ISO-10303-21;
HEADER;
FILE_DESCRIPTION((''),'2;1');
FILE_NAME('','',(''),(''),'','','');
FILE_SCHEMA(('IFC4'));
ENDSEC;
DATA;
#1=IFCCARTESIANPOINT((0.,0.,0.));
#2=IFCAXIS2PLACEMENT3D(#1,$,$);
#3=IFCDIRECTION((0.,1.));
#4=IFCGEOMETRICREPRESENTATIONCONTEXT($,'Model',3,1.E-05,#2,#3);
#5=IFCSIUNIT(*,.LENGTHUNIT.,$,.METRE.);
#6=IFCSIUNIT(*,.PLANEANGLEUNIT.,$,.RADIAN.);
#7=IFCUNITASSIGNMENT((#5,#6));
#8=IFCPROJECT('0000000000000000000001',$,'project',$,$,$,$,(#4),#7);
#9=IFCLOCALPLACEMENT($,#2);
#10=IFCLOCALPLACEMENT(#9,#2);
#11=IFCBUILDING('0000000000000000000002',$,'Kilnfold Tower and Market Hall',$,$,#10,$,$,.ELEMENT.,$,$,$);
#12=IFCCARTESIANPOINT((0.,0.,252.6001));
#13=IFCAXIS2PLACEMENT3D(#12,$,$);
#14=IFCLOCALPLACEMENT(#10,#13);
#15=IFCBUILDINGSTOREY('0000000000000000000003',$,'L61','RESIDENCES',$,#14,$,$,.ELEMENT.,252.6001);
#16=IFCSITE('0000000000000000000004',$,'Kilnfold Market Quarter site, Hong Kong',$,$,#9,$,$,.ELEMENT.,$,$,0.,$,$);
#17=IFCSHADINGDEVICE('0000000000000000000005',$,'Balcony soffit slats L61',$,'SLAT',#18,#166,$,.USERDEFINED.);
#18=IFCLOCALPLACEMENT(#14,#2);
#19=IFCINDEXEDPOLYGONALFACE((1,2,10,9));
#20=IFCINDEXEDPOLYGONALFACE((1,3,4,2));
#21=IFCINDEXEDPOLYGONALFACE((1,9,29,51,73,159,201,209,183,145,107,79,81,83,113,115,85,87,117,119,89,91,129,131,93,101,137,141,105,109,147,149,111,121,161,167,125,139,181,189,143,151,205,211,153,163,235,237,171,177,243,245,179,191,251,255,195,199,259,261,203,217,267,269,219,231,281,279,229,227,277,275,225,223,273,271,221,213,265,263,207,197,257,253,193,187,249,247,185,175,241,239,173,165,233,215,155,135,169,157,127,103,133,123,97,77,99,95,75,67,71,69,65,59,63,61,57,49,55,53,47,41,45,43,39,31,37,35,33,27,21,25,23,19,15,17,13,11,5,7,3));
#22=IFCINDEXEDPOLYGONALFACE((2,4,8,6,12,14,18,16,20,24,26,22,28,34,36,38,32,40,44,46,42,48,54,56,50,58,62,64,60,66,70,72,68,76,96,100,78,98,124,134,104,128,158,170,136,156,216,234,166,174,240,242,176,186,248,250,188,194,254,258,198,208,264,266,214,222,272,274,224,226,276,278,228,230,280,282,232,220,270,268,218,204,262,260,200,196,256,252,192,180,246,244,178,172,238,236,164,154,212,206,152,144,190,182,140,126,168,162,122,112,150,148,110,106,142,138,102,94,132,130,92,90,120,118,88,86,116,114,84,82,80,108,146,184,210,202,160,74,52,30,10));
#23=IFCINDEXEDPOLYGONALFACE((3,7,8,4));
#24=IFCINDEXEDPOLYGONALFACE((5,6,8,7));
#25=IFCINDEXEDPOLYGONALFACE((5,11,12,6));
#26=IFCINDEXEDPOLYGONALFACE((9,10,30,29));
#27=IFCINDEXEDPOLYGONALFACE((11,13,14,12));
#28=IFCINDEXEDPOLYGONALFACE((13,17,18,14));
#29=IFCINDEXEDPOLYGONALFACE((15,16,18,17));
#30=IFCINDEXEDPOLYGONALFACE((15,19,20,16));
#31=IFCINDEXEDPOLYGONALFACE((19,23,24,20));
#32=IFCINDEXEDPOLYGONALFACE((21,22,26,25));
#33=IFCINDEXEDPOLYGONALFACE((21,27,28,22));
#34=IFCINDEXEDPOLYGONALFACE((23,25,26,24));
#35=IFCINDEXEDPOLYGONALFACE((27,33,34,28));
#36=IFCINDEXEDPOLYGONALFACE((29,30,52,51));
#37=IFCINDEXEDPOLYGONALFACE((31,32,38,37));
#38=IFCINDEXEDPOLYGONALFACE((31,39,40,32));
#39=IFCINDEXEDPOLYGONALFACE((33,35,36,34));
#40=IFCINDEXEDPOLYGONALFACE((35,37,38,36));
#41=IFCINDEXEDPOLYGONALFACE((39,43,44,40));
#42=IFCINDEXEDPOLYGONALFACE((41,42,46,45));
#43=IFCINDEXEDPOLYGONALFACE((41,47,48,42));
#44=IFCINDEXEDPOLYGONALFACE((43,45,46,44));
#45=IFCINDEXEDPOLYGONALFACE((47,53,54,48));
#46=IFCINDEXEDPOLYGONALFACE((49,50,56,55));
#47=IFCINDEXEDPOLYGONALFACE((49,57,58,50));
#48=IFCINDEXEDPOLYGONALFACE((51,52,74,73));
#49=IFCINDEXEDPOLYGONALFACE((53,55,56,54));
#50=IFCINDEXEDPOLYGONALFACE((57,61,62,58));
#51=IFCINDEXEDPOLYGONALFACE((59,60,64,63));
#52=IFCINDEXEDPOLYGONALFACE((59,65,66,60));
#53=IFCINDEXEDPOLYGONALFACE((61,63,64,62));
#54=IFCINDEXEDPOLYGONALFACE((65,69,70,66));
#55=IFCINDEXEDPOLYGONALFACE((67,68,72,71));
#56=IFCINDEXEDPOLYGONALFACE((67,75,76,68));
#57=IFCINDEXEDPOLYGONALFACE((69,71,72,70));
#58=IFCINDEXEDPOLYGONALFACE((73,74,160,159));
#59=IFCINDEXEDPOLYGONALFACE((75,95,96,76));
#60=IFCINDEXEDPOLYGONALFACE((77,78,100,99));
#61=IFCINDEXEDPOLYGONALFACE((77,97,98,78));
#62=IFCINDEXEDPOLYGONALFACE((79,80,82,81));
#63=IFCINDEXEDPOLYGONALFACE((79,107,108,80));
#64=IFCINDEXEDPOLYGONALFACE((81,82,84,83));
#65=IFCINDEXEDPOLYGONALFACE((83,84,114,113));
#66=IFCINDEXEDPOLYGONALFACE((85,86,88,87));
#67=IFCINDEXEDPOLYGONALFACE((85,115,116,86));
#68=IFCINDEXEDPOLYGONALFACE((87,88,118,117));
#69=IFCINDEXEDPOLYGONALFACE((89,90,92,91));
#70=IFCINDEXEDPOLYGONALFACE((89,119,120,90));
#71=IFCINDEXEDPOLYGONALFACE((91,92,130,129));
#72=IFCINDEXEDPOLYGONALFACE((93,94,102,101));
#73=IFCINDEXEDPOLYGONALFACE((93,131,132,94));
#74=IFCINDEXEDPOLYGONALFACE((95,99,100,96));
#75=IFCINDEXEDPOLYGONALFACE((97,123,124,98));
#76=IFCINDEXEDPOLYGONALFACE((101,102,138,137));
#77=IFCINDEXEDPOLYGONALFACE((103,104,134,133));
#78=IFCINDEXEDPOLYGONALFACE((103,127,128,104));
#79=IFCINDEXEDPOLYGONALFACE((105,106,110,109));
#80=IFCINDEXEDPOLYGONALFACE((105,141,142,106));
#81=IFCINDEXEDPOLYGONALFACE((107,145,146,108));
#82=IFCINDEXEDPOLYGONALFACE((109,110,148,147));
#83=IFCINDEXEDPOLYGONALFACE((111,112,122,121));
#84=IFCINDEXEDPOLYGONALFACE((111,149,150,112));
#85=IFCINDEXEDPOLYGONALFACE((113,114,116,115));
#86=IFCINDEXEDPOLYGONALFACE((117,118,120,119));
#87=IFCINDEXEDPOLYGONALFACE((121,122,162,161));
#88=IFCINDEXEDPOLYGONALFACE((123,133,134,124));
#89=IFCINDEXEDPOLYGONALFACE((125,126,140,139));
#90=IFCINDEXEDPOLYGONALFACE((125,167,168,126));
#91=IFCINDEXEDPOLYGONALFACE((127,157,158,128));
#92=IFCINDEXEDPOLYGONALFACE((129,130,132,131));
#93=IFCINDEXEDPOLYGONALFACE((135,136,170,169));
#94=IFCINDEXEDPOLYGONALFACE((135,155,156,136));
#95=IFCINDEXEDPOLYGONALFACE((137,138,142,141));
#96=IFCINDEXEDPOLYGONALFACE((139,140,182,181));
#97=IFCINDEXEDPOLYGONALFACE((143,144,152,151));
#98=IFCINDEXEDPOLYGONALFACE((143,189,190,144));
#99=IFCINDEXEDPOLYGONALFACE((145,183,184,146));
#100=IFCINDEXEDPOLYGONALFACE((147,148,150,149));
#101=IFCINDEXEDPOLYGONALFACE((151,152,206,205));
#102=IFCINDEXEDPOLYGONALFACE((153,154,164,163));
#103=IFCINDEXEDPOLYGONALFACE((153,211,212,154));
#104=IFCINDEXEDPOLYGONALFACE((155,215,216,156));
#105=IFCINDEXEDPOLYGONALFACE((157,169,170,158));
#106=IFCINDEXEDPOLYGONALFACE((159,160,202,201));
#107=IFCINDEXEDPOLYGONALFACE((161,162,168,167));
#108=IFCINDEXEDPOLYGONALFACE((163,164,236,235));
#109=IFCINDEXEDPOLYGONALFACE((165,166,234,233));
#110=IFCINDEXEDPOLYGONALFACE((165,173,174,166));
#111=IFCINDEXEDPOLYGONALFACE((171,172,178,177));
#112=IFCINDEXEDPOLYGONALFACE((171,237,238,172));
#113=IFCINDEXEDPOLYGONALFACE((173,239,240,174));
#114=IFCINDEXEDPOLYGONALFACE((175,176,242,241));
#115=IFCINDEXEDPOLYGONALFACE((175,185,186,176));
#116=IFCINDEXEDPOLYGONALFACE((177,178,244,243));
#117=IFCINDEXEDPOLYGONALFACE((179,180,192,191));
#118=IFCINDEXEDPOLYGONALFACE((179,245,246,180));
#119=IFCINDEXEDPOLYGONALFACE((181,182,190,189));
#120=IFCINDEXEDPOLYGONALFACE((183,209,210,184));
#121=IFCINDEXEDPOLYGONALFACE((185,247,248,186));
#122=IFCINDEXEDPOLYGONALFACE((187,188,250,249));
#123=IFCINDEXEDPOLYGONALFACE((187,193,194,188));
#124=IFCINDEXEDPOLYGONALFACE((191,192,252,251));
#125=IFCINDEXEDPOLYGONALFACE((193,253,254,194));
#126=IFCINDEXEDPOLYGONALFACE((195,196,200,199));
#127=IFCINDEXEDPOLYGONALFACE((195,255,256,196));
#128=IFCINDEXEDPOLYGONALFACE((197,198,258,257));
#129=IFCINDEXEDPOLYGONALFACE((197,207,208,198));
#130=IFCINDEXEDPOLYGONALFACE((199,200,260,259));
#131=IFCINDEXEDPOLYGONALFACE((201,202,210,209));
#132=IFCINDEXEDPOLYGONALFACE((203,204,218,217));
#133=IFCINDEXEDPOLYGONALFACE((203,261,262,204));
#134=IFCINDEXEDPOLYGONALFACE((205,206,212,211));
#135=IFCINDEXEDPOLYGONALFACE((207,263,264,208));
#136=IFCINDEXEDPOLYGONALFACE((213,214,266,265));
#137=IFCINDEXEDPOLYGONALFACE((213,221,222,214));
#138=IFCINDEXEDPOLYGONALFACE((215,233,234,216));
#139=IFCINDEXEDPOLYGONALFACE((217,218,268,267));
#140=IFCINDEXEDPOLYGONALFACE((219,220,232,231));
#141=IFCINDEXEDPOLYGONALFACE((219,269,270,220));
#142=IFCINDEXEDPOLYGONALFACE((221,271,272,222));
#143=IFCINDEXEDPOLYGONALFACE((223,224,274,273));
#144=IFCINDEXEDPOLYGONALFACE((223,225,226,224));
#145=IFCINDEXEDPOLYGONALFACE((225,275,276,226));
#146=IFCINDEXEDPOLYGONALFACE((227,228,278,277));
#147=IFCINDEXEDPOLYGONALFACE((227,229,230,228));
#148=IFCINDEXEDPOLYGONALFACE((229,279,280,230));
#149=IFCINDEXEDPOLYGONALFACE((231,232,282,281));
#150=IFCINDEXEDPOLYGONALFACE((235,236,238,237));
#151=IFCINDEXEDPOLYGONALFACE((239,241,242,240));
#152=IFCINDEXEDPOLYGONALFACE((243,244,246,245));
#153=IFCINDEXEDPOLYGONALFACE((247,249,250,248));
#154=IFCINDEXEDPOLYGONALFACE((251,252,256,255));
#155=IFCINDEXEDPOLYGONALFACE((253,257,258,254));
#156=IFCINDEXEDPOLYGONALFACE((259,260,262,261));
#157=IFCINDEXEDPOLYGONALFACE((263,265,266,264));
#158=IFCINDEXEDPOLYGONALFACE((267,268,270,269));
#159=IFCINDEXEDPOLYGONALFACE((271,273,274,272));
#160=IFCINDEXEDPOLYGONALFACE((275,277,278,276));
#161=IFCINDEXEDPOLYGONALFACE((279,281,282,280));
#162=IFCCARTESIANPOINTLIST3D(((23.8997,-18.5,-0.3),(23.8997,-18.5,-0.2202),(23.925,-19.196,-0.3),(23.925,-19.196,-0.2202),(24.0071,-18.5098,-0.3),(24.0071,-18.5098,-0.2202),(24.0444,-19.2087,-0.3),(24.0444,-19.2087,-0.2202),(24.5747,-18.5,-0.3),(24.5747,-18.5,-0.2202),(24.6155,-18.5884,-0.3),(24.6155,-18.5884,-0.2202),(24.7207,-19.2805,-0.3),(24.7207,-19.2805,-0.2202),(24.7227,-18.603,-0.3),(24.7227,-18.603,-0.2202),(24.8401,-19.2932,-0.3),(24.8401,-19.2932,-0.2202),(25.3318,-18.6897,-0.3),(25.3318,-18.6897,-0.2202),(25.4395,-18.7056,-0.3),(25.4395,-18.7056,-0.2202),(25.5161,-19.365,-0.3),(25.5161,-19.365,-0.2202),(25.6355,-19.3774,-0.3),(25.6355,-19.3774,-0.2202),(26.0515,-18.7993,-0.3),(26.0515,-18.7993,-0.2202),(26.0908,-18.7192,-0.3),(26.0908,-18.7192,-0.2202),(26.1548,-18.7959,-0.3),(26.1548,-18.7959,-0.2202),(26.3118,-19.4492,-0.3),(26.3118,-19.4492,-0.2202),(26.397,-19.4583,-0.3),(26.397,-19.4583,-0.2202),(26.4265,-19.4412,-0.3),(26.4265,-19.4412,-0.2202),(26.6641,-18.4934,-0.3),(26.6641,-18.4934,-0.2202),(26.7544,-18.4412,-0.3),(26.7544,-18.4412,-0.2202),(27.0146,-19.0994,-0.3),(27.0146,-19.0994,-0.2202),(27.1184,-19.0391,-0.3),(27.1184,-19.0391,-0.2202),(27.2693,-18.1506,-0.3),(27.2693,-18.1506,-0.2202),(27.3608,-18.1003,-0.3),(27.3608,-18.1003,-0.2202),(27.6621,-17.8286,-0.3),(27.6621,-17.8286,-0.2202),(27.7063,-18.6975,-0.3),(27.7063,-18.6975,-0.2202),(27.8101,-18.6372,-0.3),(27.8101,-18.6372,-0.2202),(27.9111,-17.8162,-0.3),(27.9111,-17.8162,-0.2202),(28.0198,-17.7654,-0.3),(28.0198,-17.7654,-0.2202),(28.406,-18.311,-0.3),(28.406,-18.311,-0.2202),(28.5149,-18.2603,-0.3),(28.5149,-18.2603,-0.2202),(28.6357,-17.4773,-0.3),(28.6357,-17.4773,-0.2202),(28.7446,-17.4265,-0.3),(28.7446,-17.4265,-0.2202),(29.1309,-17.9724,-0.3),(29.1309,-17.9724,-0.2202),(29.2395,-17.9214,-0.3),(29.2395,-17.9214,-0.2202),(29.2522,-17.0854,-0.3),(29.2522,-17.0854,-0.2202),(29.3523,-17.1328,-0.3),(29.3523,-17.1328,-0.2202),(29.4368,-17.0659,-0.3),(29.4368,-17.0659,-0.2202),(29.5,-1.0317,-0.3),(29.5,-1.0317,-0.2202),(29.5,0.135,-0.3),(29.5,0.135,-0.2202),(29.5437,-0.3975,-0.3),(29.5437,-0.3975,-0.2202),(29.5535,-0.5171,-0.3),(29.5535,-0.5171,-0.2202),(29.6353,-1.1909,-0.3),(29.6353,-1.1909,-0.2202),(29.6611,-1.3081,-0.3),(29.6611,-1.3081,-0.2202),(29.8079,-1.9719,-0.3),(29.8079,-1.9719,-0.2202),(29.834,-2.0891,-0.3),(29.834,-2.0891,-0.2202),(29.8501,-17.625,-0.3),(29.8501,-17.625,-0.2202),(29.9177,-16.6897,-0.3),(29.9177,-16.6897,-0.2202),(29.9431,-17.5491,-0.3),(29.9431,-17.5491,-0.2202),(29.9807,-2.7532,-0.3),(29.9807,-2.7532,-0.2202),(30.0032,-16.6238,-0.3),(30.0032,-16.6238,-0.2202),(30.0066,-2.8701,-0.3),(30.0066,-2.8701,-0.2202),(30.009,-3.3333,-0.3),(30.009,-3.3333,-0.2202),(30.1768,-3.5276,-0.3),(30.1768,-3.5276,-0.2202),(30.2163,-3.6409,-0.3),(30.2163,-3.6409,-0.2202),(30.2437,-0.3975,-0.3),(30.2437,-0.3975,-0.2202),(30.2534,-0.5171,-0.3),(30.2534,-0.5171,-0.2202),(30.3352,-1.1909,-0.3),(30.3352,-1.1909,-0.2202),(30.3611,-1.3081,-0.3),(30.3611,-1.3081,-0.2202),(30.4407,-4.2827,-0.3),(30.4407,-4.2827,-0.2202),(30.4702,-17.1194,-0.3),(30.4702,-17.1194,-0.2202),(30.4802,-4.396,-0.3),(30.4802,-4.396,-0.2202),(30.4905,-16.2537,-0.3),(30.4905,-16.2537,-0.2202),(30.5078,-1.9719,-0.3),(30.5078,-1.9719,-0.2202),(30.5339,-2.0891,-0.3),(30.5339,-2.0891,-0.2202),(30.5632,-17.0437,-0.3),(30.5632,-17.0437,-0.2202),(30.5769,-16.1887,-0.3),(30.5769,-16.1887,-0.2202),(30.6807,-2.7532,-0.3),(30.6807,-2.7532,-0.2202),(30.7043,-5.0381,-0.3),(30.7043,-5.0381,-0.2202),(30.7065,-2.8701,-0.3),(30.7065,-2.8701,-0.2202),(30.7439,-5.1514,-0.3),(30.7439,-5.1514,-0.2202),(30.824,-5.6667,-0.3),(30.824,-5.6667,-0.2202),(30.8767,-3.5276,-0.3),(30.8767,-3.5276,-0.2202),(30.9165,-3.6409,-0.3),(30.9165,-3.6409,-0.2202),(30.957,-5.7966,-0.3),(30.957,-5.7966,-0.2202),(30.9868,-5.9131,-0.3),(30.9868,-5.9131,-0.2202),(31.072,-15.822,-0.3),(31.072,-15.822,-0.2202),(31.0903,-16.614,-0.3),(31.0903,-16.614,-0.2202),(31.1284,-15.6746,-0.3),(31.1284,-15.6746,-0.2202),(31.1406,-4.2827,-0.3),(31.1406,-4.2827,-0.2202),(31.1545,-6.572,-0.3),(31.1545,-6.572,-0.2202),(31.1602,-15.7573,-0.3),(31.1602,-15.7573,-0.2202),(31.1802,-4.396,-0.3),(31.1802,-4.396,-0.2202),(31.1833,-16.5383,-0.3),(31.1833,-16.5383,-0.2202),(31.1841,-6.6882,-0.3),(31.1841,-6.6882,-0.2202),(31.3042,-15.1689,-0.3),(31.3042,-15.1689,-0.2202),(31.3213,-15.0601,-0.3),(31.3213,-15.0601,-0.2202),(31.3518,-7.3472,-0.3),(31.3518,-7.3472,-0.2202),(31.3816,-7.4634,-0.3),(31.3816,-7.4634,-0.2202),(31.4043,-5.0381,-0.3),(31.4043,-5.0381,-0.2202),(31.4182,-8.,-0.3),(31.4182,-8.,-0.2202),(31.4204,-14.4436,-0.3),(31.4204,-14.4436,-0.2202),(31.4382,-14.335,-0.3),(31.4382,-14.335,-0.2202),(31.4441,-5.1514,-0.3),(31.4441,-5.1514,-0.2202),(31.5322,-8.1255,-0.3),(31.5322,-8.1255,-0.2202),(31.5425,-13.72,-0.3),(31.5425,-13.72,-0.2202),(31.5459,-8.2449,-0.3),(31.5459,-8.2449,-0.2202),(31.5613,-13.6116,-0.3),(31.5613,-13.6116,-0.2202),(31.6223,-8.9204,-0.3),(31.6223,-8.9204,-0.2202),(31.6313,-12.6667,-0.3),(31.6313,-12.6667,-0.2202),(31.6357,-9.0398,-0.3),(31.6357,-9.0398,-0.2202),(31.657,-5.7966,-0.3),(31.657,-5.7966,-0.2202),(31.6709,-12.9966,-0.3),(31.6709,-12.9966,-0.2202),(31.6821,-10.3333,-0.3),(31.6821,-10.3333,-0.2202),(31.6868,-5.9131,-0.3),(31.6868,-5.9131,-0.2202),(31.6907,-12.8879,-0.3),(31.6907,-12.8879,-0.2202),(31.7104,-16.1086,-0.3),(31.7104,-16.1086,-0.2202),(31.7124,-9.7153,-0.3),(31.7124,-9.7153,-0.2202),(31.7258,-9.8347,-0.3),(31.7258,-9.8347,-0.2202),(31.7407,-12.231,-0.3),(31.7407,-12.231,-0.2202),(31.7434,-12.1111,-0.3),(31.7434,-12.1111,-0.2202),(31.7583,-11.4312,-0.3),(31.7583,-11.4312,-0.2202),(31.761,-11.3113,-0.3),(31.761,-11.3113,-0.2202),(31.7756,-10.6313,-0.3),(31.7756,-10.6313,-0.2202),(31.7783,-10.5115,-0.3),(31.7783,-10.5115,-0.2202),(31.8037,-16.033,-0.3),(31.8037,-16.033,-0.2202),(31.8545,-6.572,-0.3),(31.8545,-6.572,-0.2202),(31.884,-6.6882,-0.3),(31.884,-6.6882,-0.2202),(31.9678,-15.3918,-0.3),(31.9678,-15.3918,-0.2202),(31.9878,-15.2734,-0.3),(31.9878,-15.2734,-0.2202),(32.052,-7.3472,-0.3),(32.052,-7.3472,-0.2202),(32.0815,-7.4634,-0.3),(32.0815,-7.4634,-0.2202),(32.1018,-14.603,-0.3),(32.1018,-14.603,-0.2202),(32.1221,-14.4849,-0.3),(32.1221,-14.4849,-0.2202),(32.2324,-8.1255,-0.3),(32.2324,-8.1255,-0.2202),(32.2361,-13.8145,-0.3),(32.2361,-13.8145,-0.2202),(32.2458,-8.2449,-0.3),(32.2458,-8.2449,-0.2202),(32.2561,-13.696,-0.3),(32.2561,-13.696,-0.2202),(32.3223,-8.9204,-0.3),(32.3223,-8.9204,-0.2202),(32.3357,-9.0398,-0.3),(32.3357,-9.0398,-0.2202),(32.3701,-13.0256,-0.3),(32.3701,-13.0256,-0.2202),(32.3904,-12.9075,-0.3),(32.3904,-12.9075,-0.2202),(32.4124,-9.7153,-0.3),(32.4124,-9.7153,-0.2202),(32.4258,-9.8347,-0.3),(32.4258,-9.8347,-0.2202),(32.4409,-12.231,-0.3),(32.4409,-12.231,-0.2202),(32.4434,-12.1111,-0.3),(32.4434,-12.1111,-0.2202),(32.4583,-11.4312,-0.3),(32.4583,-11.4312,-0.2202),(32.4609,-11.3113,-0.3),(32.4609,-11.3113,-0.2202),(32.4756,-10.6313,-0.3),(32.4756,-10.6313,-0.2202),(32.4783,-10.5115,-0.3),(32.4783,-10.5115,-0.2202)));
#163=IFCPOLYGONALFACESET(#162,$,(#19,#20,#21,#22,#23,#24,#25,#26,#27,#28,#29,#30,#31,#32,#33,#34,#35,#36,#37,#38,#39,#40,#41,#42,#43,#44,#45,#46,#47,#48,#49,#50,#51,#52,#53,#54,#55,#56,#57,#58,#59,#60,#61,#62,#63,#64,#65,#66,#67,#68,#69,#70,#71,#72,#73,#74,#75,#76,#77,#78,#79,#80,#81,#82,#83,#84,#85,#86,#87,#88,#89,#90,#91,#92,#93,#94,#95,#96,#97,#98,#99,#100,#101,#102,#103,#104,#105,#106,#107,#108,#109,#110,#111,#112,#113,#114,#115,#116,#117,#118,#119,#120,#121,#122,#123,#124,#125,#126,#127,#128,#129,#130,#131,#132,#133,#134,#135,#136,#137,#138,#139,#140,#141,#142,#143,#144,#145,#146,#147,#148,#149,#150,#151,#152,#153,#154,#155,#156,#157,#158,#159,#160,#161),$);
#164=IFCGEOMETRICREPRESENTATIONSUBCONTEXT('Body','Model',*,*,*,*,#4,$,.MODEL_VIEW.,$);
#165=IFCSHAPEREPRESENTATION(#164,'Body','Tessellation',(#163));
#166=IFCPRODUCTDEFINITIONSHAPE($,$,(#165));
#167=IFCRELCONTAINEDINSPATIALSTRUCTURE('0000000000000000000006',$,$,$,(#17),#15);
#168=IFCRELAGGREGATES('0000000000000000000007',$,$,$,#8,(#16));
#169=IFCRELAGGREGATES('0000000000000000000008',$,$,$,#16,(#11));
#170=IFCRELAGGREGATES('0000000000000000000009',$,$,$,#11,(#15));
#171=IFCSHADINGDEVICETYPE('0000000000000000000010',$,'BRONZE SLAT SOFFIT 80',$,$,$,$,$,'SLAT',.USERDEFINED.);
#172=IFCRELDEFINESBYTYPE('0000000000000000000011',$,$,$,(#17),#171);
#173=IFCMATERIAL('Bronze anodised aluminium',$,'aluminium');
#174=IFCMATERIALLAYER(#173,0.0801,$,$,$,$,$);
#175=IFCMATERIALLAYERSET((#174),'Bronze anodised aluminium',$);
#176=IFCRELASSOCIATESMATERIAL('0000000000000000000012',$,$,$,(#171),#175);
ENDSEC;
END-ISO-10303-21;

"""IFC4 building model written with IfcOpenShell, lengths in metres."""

from ifc_helpers import new_model, si_unit, direction, frame, origin, place, context, subcontext, project, spatial, polyline, outline, extrude, source, transform, mapped, material, layer, layer_set, type_object, element, save


model = new_model("IFC4")

# Units and contexts
model_context = context("Model", 3, precision=1e-05, world=origin(), true_north=direction((0.0, 1.0)))
body_context = subcontext(model_context, "Body", "Model", "MODEL_VIEW")
ifc_project = project(units=[si_unit("LENGTHUNIT", "METRE"), si_unit("PLANEANGLEUNIT", "RADIAN")], contexts=[model_context])

# Site, building, storey
site_placement = place(None, origin())
site = spatial("IfcSite", under=ifc_project, at=site_placement, Name="Kilnfold Market Quarter site, Hong Kong", CompositionType="ELEMENT", RefElevation=0.0)
building_placement = place(site_placement, origin())
building = spatial("IfcBuilding", under=site, at=building_placement, Name="Kilnfold Tower and Market Hall", CompositionType="ELEMENT")
storey_placement = place(building_placement, frame((0.0, 0.0, 252.6001)))
storey = spatial("IfcBuildingStorey", under=building, at=storey_placement, Name="L61", Description="RESIDENCES", CompositionType="ELEMENT", Elevation=252.6001)

# Shading device
ifc_material_1 = material(Name="Bronze anodised aluminium", Category="aluminium")
ifc_layer_1 = layer(ifc_material_1, 0.0801)
ifc_layer_set_1 = layer_set([ifc_layer_1], Name="Bronze anodised aluminium")
shading_device_type_1 = type_object("IfcShadingDeviceType", Name="BRONZE SLAT SOFFIT 80", ElementType="SLAT", PredefinedType="USERDEFINED", material=ifc_layer_set_1)
shared_shape_1 = source(origin(), body_context, "Body", "SweptSolid", [
    extrude(outline(polyline([(26.0908, -18.7192), (27.6621, -17.8286), (29.2522, -17.0854), (31.1284, -15.6746), (31.6313, -12.6667), (31.6821, -10.3333), (31.4182, -8.0), (30.824, -5.6667), (30.009, -3.3333), (29.5, -1.0317), (29.5, 0.135), (29.5437, -0.3975), (30.2437, -0.3975), (30.2534, -0.5171), (29.5535, -0.5171), (29.6353, -1.1909), (30.3352, -1.1909), (30.3611, -1.3081), (29.6611, -1.3081), (29.8079, -1.9719), (30.5078, -1.9719), (30.5339, -2.0891), (29.834, -2.0891), (29.9807, -2.7532), (30.6807, -2.7532), (30.7065, -2.8701), (30.0066, -2.8701), (30.1768, -3.5276), (30.8767, -3.5276), (30.9165, -3.6409), (30.2163, -3.6409), (30.4407, -4.2827), (31.1406, -4.2827), (31.1802, -4.396), (30.4802, -4.396), (30.7043, -5.0381), (31.4043, -5.0381), (31.4441, -5.1514), (30.7439, -5.1514), (30.957, -5.7966), (31.657, -5.7966), (31.6868, -5.9131), (30.9868, -5.9131), (31.1545, -6.572), (31.8545, -6.572), (31.884, -6.6882), (31.1841, -6.6882), (31.3518, -7.3472), (32.052, -7.3472), (32.0815, -7.4634), (31.3816, -7.4634), (31.5322, -8.1255), (32.2324, -8.1255), (32.2458, -8.2449), (31.5459, -8.2449), (31.6223, -8.9204), (32.3223, -8.9204), (32.3357, -9.0398), (31.6357, -9.0398), (31.7124, -9.7153), (32.4124, -9.7153), (32.4258, -9.8347), (31.7258, -9.8347), (31.7783, -10.5115), (32.4783, -10.5115), (32.4756, -10.6313), (31.7756, -10.6313), (31.761, -11.3113), (32.4609, -11.3113), (32.4583, -11.4312), (31.7583, -11.4312), (31.7434, -12.1111), (32.4434, -12.1111), (32.4409, -12.231), (31.7407, -12.231), (31.6907, -12.8879), (32.3904, -12.9075), (32.3701, -13.0256), (31.6709, -12.9966), (31.5613, -13.6116), (32.2561, -13.696), (32.2361, -13.8145), (31.5425, -13.72), (31.4382, -14.335), (32.1221, -14.4849), (32.1018, -14.603), (31.4204, -14.4436), (31.3213, -15.0601), (31.9878, -15.2734), (31.9678, -15.3918), (31.3042, -15.1689), (31.1602, -15.7573), (31.8037, -16.033), (31.7104, -16.1086), (31.072, -15.822), (30.5769, -16.1887), (31.1833, -16.5383), (31.0903, -16.614), (30.4905, -16.2537), (30.0032, -16.6238), (30.5632, -17.0437), (30.4702, -17.1194), (29.9177, -16.6897), (29.4368, -17.0659), (29.9431, -17.5491), (29.8501, -17.625), (29.3523, -17.1328), (28.7446, -17.4265), (29.2395, -17.9214), (29.1309, -17.9724), (28.6357, -17.4773), (28.0198, -17.7654), (28.5149, -18.2603), (28.406, -18.311), (27.9111, -17.8162), (27.3608, -18.1003), (27.8101, -18.6372), (27.7063, -18.6975), (27.2693, -18.1506), (26.7544, -18.4412), (27.1184, -19.0391), (27.0146, -19.0994), (26.6641, -18.4934), (26.1548, -18.7959), (26.4265, -19.4412), (26.397, -19.4583), (26.3118, -19.4492), (26.0515, -18.7993), (25.4395, -18.7056), (25.6355, -19.3774), (25.5161, -19.365), (25.3318, -18.6897), (24.7227, -18.603), (24.8401, -19.2932), (24.7207, -19.2805), (24.6155, -18.5884), (24.0071, -18.5098), (24.0444, -19.2087), (23.925, -19.196), (23.8997, -18.5), (24.5747, -18.5), (26.0908, -18.7192)])), origin(), (0.0, 0.0, 1.0), 0.0798),
])
shading_device_1_placement = place(storey_placement, frame((0.0, 0.0, -0.3)))
element("IfcShadingDevice", 1, at=shading_device_1_placement, inside=storey, type_object=shading_device_type_1, Name="Balcony soffit slats L61", ObjectType="SLAT", PredefinedType="USERDEFINED", context=body_context, shape_type="MappedRepresentation", body=[
    mapped(shared_shape_1, transform((0.0, 0.0, 0.0))),
])

save(model, "model.ifc")
